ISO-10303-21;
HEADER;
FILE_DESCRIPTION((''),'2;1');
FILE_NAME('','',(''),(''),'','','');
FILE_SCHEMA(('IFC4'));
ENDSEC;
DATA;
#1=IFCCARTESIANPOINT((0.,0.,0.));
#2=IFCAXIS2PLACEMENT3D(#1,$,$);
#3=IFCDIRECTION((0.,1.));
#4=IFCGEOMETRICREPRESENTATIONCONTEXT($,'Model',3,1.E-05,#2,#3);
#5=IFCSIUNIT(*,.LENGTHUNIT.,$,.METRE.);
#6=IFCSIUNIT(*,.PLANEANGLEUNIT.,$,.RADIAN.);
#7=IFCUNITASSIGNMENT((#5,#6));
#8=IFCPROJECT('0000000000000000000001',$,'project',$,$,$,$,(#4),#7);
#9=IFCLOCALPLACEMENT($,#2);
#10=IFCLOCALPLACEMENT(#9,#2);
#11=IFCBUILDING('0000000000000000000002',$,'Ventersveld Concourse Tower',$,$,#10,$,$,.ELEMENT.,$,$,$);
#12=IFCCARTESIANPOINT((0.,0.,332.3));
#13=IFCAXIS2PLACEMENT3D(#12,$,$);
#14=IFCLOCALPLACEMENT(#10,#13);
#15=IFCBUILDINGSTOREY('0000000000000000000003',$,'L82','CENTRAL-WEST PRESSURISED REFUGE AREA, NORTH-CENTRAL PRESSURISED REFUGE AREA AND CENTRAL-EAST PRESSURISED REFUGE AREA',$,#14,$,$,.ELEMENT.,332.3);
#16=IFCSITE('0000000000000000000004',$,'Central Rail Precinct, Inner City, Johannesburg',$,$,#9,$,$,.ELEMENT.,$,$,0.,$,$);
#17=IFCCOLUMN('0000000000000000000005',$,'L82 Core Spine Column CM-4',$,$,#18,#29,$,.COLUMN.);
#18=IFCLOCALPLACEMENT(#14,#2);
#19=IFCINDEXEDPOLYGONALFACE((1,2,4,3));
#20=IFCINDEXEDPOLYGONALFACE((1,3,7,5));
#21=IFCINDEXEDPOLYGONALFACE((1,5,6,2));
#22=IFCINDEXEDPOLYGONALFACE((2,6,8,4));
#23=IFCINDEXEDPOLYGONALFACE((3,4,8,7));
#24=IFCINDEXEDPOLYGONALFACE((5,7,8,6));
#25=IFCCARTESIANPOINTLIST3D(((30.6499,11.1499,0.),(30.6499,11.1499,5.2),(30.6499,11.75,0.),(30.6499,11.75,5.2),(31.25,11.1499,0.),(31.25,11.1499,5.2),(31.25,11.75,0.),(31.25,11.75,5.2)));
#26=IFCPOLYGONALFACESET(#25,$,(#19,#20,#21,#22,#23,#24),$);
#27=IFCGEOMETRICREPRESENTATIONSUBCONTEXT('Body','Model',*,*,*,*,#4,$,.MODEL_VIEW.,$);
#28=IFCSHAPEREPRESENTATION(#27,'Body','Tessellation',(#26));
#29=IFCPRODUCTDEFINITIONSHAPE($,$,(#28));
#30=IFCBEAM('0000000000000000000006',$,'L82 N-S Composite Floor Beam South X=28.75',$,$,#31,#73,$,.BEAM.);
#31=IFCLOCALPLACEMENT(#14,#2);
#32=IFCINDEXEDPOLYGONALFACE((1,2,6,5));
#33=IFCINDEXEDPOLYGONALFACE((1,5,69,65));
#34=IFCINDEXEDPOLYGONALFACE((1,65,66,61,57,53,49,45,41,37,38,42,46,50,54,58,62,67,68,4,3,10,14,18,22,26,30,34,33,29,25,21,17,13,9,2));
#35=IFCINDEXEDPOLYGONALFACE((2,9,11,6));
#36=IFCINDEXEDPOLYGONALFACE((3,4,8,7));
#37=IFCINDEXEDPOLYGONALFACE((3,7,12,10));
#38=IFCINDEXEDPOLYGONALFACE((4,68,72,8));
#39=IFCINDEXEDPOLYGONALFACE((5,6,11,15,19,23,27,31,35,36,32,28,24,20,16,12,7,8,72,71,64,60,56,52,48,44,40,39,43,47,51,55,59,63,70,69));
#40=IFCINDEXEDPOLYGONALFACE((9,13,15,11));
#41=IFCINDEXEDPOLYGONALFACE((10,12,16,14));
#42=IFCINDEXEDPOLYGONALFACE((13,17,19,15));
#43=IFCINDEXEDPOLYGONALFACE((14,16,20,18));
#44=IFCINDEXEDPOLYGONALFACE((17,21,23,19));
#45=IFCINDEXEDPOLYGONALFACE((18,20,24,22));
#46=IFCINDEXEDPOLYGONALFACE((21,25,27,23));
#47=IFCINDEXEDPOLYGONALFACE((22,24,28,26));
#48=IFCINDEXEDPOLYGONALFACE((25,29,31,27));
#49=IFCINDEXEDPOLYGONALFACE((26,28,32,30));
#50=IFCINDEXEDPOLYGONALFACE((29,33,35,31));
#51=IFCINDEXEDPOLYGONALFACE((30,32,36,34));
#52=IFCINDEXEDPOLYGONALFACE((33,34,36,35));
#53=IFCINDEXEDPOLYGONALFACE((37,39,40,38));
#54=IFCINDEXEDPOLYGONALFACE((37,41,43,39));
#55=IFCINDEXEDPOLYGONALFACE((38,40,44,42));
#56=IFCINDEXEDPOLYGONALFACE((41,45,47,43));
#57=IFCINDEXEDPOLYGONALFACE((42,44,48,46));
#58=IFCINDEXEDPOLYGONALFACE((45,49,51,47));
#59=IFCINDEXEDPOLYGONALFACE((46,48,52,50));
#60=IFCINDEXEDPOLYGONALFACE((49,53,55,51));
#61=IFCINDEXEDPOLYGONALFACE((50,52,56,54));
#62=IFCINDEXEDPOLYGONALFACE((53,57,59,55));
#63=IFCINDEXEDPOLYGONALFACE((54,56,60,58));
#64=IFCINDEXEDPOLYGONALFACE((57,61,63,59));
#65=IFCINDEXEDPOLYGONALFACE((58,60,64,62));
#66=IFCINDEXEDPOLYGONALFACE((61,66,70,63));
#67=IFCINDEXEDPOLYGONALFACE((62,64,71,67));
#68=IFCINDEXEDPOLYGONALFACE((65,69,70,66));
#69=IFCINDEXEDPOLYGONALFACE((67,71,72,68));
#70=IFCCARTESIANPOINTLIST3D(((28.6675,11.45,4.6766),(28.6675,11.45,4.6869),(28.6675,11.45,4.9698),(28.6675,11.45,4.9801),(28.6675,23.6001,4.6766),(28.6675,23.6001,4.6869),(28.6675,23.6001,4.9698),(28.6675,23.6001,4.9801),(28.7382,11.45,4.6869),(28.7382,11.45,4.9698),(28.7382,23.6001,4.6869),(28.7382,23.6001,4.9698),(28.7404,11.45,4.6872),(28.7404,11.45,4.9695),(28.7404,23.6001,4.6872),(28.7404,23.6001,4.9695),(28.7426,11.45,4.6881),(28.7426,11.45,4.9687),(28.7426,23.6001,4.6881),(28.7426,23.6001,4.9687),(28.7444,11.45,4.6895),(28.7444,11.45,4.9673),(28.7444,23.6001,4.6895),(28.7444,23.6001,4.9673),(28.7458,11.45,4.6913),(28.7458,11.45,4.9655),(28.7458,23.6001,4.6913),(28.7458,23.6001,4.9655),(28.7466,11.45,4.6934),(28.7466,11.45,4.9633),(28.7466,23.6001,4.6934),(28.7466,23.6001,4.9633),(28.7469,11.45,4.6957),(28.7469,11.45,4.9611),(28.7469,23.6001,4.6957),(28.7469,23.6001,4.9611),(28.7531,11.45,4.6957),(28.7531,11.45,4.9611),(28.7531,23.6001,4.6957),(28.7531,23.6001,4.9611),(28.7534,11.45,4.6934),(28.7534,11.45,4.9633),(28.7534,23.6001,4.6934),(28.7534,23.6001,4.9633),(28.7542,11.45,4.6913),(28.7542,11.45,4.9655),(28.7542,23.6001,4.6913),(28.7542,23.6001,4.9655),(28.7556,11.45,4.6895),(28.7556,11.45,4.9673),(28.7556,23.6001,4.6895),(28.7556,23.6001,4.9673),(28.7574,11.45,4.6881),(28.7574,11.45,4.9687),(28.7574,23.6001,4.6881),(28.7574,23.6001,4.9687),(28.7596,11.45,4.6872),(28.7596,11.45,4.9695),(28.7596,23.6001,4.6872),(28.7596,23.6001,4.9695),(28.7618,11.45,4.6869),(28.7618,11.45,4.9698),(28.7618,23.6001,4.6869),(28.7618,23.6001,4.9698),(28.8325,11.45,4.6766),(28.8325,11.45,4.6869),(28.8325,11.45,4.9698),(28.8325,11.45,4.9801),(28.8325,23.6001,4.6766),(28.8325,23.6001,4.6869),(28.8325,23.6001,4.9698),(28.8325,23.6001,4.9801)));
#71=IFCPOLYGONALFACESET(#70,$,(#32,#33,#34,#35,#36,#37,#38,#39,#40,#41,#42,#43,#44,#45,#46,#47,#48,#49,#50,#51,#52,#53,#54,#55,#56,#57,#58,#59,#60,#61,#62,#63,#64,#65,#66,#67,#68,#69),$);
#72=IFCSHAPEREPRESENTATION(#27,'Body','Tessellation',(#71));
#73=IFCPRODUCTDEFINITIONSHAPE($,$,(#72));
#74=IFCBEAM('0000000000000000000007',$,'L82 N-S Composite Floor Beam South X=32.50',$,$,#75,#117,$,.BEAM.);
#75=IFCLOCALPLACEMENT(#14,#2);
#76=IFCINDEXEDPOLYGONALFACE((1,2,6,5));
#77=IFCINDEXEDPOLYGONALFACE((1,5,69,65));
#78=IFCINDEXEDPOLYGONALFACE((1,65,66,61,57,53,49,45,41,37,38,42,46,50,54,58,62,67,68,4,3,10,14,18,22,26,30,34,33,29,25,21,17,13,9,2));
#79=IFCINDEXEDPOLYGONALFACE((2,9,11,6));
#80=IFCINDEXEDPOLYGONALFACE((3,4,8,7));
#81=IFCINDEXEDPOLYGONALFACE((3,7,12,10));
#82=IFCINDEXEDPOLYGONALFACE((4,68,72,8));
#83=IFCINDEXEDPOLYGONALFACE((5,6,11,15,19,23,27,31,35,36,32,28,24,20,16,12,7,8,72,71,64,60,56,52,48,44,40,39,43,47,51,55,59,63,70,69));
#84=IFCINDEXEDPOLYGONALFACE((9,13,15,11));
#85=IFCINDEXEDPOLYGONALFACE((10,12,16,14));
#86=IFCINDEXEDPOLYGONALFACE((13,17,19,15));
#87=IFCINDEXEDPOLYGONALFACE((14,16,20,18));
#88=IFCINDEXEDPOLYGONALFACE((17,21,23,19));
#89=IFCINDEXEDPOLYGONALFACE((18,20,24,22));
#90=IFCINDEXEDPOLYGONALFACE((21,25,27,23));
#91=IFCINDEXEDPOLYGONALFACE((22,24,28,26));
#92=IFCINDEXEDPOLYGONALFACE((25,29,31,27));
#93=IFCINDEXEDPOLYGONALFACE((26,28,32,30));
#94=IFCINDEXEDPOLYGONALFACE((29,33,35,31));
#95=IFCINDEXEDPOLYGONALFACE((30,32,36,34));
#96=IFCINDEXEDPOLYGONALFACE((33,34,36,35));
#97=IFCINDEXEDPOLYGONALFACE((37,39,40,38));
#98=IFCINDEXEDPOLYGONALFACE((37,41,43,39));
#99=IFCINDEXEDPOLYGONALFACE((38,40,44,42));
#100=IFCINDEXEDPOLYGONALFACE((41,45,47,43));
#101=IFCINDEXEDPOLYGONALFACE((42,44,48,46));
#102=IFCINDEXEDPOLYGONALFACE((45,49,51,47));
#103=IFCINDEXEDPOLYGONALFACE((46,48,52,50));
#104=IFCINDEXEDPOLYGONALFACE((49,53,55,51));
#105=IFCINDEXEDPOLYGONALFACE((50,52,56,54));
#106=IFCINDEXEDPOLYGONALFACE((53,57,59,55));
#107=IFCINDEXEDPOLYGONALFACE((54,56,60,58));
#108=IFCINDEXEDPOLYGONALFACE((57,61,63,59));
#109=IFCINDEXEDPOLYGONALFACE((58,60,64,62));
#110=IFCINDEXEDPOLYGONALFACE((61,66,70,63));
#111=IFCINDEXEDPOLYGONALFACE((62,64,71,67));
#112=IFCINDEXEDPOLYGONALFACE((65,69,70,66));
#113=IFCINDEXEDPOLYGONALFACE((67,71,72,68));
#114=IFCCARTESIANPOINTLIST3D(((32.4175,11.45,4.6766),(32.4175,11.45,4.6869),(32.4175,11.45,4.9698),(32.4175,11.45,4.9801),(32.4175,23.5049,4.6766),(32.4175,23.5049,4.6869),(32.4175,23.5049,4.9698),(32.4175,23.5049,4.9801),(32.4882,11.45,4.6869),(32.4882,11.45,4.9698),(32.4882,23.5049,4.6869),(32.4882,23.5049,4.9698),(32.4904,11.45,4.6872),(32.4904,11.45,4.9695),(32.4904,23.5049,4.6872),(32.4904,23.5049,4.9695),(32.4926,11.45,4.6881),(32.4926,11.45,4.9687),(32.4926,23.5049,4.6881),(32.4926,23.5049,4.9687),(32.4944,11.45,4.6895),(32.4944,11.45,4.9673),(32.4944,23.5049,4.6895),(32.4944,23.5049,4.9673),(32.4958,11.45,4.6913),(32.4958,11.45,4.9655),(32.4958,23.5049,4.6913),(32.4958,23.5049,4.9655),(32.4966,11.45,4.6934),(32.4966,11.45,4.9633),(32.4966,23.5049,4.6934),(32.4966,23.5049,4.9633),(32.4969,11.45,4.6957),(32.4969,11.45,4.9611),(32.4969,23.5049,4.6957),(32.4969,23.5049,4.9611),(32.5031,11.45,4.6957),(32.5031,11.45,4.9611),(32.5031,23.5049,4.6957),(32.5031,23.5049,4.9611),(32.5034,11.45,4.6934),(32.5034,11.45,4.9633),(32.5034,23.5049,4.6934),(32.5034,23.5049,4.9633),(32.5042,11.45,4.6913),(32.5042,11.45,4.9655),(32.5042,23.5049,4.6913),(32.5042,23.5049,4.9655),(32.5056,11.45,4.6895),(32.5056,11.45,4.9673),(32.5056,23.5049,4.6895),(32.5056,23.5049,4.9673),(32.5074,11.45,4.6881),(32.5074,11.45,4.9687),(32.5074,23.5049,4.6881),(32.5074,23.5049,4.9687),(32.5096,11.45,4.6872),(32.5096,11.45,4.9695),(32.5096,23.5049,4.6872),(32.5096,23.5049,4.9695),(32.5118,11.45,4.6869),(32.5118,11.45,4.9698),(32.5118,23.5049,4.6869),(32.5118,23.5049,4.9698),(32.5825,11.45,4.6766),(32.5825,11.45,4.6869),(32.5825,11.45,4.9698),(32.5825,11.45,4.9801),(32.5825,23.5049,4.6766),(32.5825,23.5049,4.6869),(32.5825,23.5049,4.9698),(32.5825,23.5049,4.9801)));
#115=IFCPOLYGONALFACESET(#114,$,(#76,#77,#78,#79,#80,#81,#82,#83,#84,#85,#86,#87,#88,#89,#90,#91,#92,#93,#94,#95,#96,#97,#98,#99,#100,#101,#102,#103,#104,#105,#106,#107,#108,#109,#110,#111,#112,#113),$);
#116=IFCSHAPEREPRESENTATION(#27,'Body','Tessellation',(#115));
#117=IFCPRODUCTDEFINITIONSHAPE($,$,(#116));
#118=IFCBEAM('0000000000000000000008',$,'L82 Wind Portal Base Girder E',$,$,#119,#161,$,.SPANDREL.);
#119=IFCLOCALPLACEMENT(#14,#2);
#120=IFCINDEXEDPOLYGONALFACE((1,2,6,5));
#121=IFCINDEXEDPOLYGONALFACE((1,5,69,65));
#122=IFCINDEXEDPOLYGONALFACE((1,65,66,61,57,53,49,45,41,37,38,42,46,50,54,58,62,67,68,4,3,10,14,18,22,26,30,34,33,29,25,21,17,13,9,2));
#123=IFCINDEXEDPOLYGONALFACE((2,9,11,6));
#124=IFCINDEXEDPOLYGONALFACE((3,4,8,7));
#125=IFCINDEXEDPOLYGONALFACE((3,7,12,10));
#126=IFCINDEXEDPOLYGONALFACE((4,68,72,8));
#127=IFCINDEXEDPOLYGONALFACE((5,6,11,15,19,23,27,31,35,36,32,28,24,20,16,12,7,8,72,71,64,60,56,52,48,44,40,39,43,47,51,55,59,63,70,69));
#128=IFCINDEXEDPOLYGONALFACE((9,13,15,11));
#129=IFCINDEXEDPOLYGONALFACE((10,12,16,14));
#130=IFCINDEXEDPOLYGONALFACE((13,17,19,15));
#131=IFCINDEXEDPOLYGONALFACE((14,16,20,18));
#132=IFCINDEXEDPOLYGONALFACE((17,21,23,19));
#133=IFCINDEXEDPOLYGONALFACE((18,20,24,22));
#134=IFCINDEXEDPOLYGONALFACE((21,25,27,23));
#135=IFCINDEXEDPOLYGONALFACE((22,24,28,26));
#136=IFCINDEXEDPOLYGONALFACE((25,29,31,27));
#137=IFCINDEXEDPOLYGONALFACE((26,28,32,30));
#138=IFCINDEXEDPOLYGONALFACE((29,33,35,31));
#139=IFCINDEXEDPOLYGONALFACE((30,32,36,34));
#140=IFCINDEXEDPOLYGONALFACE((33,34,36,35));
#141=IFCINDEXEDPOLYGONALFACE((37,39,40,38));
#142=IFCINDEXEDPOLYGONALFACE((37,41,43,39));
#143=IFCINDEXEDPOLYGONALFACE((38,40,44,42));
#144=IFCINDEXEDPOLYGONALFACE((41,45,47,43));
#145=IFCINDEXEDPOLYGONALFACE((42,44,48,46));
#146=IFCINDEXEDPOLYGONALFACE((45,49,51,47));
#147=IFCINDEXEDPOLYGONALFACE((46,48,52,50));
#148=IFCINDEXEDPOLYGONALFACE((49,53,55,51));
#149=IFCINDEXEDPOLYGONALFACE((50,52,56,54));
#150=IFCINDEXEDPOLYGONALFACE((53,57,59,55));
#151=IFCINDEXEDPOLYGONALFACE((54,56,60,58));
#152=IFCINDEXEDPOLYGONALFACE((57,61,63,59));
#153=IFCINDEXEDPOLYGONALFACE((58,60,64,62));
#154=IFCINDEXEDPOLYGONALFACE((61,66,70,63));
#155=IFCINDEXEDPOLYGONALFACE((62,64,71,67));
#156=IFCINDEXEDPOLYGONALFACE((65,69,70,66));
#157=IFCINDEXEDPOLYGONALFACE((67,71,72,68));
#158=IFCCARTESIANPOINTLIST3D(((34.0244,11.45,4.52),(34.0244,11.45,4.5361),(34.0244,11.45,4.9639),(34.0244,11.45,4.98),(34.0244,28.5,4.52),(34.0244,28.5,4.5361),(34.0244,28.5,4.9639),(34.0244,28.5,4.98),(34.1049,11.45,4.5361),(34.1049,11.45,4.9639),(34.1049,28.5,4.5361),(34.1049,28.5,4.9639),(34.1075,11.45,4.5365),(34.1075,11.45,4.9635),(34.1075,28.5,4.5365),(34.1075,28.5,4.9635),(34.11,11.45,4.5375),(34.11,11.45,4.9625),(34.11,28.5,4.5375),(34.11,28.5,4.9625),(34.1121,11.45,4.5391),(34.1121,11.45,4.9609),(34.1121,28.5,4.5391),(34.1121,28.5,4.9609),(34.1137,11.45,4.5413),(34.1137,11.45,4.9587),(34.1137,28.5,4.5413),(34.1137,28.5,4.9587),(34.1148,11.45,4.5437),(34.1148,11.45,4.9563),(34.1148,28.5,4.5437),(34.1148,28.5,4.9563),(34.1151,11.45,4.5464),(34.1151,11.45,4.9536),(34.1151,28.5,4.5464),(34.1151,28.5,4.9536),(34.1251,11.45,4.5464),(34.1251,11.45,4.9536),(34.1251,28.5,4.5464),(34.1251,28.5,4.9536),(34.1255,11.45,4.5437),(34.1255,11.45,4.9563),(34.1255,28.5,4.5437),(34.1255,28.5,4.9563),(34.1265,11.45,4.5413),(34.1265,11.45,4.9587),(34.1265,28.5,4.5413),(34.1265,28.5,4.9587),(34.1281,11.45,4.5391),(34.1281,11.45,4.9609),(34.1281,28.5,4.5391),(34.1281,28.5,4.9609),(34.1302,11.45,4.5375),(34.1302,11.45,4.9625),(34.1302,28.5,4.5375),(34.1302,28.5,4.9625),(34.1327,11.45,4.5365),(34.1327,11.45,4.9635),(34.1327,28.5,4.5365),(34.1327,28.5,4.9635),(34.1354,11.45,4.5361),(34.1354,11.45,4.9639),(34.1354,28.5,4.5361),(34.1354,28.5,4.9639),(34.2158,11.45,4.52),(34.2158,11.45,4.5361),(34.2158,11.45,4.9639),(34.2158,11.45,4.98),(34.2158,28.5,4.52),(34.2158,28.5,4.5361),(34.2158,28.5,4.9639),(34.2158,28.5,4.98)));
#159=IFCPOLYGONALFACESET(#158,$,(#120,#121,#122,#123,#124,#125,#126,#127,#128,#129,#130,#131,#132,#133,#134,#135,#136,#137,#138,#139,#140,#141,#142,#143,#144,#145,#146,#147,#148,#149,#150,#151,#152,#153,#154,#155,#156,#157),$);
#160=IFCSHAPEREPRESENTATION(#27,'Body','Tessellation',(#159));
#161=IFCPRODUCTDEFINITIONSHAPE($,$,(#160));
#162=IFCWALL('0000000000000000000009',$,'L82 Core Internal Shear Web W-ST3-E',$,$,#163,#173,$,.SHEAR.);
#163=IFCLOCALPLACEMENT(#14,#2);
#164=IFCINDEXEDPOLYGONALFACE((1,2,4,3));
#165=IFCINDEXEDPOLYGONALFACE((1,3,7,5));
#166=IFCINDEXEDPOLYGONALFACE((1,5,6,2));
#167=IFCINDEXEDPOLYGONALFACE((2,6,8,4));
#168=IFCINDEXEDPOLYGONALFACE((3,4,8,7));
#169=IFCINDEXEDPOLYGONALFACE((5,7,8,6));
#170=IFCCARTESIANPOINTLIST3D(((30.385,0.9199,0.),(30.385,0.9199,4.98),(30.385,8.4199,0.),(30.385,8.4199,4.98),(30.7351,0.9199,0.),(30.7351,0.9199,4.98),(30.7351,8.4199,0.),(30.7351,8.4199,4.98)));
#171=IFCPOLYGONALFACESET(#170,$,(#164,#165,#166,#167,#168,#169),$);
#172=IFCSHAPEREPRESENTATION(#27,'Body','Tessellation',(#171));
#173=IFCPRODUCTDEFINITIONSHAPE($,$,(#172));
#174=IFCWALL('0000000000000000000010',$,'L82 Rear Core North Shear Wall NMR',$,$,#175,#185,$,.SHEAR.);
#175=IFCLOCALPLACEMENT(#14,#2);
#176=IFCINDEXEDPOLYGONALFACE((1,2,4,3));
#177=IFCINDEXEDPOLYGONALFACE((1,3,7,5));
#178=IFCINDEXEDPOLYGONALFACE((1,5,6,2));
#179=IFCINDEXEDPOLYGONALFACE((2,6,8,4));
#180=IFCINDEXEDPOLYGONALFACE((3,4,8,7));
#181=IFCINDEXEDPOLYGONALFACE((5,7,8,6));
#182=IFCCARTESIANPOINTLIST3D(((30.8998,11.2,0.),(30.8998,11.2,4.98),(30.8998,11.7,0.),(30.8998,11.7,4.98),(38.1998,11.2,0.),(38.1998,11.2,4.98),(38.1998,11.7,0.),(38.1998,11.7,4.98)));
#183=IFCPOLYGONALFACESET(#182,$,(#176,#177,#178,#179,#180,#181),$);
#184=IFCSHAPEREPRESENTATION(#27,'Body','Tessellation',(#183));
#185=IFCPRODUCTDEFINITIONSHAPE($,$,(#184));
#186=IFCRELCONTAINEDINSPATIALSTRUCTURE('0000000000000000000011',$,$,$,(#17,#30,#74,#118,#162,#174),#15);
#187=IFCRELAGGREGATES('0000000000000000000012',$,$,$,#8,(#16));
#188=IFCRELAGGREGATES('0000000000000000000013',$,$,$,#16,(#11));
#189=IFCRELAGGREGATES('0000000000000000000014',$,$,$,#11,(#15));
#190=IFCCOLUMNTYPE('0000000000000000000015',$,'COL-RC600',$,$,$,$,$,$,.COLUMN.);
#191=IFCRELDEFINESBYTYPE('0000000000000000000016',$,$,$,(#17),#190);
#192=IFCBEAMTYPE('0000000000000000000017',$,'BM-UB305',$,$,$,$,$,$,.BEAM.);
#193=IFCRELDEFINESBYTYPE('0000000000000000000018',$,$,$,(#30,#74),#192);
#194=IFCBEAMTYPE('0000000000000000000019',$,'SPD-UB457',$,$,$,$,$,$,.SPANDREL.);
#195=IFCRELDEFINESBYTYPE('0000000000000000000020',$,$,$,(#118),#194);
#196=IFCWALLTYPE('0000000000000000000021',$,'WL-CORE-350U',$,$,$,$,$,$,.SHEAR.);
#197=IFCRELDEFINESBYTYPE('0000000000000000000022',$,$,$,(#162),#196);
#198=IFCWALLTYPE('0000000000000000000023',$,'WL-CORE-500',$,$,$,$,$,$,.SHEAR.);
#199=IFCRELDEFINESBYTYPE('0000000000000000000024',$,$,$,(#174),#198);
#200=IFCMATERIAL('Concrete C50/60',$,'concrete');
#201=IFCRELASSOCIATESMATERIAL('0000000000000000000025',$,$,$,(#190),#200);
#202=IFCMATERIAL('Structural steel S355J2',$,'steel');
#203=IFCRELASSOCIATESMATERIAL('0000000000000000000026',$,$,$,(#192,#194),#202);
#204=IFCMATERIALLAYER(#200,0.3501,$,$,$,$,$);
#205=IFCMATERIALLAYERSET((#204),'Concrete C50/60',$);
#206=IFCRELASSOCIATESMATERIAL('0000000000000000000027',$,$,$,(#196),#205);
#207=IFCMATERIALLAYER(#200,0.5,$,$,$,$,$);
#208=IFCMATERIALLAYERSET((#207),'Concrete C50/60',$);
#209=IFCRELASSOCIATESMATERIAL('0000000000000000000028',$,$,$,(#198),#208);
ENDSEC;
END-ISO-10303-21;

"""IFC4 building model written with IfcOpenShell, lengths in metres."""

from ifc_helpers import new_model, si_unit, direction, frame, frame_2d, origin, origin_2d, place, context, subcontext, project, spatial, rectangle, i_section, extrude, material, layer, layer_set, material_profile, profile_set, type_object, element, save


model = new_model("IFC4")

# Units and contexts
model_context = context("Model", 3, precision=1e-05, world=origin(), true_north=direction((0.0, 1.0)))
body_context = subcontext(model_context, "Body", "Model", "MODEL_VIEW")
ifc_project = project(units=[si_unit("LENGTHUNIT", "METRE"), si_unit("PLANEANGLEUNIT", "RADIAN")], contexts=[model_context])

# Site, building, storey
site_placement = place(None, origin())
site = spatial("IfcSite", under=ifc_project, at=site_placement, Name="Central Rail Precinct, Inner City, Johannesburg", CompositionType="ELEMENT", RefElevation=0.0)
building_placement = place(site_placement, origin())
building = spatial("IfcBuilding", under=site, at=building_placement, Name="Ventersveld Concourse Tower", CompositionType="ELEMENT")
storey_placement = place(building_placement, frame((0.0, 0.0, 332.3)))
storey = spatial("IfcBuildingStorey", under=building, at=storey_placement, Name="L82", Description="CENTRAL-WEST PRESSURISED REFUGE AREA, NORTH-CENTRAL PRESSURISED REFUGE AREA AND CENTRAL-EAST PRESSURISED REFUGE AREA", CompositionType="ELEMENT", Elevation=332.3)

# Column
ifc_material_1 = material(Name="Concrete C50/60", Category="concrete")
ifc_material_profile_1 = material_profile(ifc_material_1, rectangle(XDim=0.6001, YDim=0.6001, at=origin_2d()), Name="RC 600x600")
ifc_profile_set_1 = profile_set([ifc_material_profile_1], Name="Concrete C50/60")
column_type = type_object("IfcColumnType", Name="COL-RC600", PredefinedType="COLUMN", material=ifc_profile_set_1)
column_placement = place(storey_placement, frame((30.95, 11.45, 0.0), z_axis=(0.0, 0.0, 1.0), x_axis=(1.0, 0.0, 0.0)))
element("IfcColumn", 1, at=column_placement, inside=storey, type_object=column_type, Name="L82 Core Spine Column CM-4", PredefinedType="COLUMN", context=body_context, shape_type="SweptSolid", body=[
    extrude(rectangle(XDim=0.6001, YDim=0.6001, at=origin_2d()), origin(), (0.0, 0.0, 1.0), 5.2),
])

# Beams
ifc_material_2 = material(Name="Structural steel S355J2", Category="steel")
ifc_material_profile_2 = material_profile(ifc_material_2, i_section(OverallWidth=0.165, OverallDepth=0.3035, WebThickness=0.0061, FlangeThickness=0.0103, FilletRadius=0.0088, at=origin_2d()), Name="UB 305x165x40")
ifc_profile_set_2 = profile_set([ifc_material_profile_2], Name="Structural steel S355J2")
beam_type_1 = type_object("IfcBeamType", Name="BM-UB305", PredefinedType="BEAM", material=ifc_profile_set_2)
beam_1_placement = place(storey_placement, frame((28.75, 11.45, 4.8284), z_axis=(0.0, 1.0, 0.0), x_axis=(-1.0, 0.0, 0.0)))
element("IfcBeam", 2, at=beam_1_placement, inside=storey, type_object=beam_type_1, Name="L82 N-S Composite Floor Beam South X=28.75", PredefinedType="BEAM", context=body_context, shape_type="SweptSolid", body=[
    extrude(i_section(OverallWidth=0.165, OverallDepth=0.3035, WebThickness=0.0061, FlangeThickness=0.0103, FilletRadius=0.0088, at=origin_2d()), origin(), (0.0, 0.0, 1.0), 12.1501),
])
beam_2_placement = place(storey_placement, frame((32.5, 11.45, 4.8284), z_axis=(0.0, 1.0, 0.0), x_axis=(-1.0, 0.0, 0.0)))
element("IfcBeam", 3, at=beam_2_placement, inside=storey, type_object=beam_type_1, Name="L82 N-S Composite Floor Beam South X=32.50", PredefinedType="BEAM", context=body_context, shape_type="SweptSolid", body=[
    extrude(i_section(OverallWidth=0.165, OverallDepth=0.3035, WebThickness=0.0061, FlangeThickness=0.0103, FilletRadius=0.0088, at=origin_2d()), origin(), (0.0, 0.0, 1.0), 12.0549),
])
ifc_material_profile_3 = material_profile(ifc_material_2, i_section(OverallWidth=0.1914, OverallDepth=0.46, WebThickness=0.01, FlangeThickness=0.0161, FilletRadius=0.0103, at=origin_2d()), Name="UB 457x191x82")
ifc_profile_set_3 = profile_set([ifc_material_profile_3], Name="Structural steel S355J2")
beam_type_2 = type_object("IfcBeamType", Name="SPD-UB457", PredefinedType="SPANDREL", material=ifc_profile_set_3)
beam_3_placement = place(storey_placement, frame((34.1201, 11.45, 4.75), z_axis=(0.0, 1.0, 0.0), x_axis=(-1.0, 0.0, 0.0)))
element("IfcBeam", 4, at=beam_3_placement, inside=storey, type_object=beam_type_2, Name="L82 Wind Portal Base Girder E", PredefinedType="SPANDREL", context=body_context, shape_type="SweptSolid", body=[
    extrude(i_section(OverallWidth=0.1914, OverallDepth=0.46, WebThickness=0.01, FlangeThickness=0.0161, FilletRadius=0.0103, at=origin_2d()), origin(), (0.0, 0.0, 1.0), 17.05),
])

# Walls
ifc_layer_1 = layer(ifc_material_1, 0.3501)
ifc_layer_set_1 = layer_set([ifc_layer_1], Name="Concrete C50/60")
wall_type_1 = type_object("IfcWallType", Name="WL-CORE-350U", PredefinedType="SHEAR", material=ifc_layer_set_1)
wall_1_placement = place(storey_placement, frame((30.5601, 0.9199, 0.0), z_axis=(0.0, 0.0, 1.0), x_axis=(0.0, 1.0, 0.0)))
element("IfcWall", 5, at=wall_1_placement, inside=storey, type_object=wall_type_1, Name="L82 Core Internal Shear Web W-ST3-E", PredefinedType="SHEAR", context=body_context, shape_type="SweptSolid", body=[
    extrude(rectangle(XDim=7.5, YDim=0.3501, at=frame_2d((3.75, 0.0))), origin(), (0.0, 0.0, 1.0), 4.98),
])
ifc_layer_2 = layer(ifc_material_1, 0.5)
ifc_layer_set_2 = layer_set([ifc_layer_2], Name="Concrete C50/60")
wall_type_2 = type_object("IfcWallType", Name="WL-CORE-500", PredefinedType="SHEAR", material=ifc_layer_set_2)
wall_2_placement = place(storey_placement, frame((30.8999, 11.45, 0.0), z_axis=(0.0, 0.0, 1.0), x_axis=(1.0, 0.0, 0.0)))
element("IfcWall", 6, at=wall_2_placement, inside=storey, type_object=wall_type_2, Name="L82 Rear Core North Shear Wall NMR", PredefinedType="SHEAR", context=body_context, shape_type="SweptSolid", body=[
    extrude(rectangle(XDim=7.3, YDim=0.5, at=frame_2d((3.6499, 0.0))), origin(), (0.0, 0.0, 1.0), 4.98),
])

save(model, "model.ifc")
